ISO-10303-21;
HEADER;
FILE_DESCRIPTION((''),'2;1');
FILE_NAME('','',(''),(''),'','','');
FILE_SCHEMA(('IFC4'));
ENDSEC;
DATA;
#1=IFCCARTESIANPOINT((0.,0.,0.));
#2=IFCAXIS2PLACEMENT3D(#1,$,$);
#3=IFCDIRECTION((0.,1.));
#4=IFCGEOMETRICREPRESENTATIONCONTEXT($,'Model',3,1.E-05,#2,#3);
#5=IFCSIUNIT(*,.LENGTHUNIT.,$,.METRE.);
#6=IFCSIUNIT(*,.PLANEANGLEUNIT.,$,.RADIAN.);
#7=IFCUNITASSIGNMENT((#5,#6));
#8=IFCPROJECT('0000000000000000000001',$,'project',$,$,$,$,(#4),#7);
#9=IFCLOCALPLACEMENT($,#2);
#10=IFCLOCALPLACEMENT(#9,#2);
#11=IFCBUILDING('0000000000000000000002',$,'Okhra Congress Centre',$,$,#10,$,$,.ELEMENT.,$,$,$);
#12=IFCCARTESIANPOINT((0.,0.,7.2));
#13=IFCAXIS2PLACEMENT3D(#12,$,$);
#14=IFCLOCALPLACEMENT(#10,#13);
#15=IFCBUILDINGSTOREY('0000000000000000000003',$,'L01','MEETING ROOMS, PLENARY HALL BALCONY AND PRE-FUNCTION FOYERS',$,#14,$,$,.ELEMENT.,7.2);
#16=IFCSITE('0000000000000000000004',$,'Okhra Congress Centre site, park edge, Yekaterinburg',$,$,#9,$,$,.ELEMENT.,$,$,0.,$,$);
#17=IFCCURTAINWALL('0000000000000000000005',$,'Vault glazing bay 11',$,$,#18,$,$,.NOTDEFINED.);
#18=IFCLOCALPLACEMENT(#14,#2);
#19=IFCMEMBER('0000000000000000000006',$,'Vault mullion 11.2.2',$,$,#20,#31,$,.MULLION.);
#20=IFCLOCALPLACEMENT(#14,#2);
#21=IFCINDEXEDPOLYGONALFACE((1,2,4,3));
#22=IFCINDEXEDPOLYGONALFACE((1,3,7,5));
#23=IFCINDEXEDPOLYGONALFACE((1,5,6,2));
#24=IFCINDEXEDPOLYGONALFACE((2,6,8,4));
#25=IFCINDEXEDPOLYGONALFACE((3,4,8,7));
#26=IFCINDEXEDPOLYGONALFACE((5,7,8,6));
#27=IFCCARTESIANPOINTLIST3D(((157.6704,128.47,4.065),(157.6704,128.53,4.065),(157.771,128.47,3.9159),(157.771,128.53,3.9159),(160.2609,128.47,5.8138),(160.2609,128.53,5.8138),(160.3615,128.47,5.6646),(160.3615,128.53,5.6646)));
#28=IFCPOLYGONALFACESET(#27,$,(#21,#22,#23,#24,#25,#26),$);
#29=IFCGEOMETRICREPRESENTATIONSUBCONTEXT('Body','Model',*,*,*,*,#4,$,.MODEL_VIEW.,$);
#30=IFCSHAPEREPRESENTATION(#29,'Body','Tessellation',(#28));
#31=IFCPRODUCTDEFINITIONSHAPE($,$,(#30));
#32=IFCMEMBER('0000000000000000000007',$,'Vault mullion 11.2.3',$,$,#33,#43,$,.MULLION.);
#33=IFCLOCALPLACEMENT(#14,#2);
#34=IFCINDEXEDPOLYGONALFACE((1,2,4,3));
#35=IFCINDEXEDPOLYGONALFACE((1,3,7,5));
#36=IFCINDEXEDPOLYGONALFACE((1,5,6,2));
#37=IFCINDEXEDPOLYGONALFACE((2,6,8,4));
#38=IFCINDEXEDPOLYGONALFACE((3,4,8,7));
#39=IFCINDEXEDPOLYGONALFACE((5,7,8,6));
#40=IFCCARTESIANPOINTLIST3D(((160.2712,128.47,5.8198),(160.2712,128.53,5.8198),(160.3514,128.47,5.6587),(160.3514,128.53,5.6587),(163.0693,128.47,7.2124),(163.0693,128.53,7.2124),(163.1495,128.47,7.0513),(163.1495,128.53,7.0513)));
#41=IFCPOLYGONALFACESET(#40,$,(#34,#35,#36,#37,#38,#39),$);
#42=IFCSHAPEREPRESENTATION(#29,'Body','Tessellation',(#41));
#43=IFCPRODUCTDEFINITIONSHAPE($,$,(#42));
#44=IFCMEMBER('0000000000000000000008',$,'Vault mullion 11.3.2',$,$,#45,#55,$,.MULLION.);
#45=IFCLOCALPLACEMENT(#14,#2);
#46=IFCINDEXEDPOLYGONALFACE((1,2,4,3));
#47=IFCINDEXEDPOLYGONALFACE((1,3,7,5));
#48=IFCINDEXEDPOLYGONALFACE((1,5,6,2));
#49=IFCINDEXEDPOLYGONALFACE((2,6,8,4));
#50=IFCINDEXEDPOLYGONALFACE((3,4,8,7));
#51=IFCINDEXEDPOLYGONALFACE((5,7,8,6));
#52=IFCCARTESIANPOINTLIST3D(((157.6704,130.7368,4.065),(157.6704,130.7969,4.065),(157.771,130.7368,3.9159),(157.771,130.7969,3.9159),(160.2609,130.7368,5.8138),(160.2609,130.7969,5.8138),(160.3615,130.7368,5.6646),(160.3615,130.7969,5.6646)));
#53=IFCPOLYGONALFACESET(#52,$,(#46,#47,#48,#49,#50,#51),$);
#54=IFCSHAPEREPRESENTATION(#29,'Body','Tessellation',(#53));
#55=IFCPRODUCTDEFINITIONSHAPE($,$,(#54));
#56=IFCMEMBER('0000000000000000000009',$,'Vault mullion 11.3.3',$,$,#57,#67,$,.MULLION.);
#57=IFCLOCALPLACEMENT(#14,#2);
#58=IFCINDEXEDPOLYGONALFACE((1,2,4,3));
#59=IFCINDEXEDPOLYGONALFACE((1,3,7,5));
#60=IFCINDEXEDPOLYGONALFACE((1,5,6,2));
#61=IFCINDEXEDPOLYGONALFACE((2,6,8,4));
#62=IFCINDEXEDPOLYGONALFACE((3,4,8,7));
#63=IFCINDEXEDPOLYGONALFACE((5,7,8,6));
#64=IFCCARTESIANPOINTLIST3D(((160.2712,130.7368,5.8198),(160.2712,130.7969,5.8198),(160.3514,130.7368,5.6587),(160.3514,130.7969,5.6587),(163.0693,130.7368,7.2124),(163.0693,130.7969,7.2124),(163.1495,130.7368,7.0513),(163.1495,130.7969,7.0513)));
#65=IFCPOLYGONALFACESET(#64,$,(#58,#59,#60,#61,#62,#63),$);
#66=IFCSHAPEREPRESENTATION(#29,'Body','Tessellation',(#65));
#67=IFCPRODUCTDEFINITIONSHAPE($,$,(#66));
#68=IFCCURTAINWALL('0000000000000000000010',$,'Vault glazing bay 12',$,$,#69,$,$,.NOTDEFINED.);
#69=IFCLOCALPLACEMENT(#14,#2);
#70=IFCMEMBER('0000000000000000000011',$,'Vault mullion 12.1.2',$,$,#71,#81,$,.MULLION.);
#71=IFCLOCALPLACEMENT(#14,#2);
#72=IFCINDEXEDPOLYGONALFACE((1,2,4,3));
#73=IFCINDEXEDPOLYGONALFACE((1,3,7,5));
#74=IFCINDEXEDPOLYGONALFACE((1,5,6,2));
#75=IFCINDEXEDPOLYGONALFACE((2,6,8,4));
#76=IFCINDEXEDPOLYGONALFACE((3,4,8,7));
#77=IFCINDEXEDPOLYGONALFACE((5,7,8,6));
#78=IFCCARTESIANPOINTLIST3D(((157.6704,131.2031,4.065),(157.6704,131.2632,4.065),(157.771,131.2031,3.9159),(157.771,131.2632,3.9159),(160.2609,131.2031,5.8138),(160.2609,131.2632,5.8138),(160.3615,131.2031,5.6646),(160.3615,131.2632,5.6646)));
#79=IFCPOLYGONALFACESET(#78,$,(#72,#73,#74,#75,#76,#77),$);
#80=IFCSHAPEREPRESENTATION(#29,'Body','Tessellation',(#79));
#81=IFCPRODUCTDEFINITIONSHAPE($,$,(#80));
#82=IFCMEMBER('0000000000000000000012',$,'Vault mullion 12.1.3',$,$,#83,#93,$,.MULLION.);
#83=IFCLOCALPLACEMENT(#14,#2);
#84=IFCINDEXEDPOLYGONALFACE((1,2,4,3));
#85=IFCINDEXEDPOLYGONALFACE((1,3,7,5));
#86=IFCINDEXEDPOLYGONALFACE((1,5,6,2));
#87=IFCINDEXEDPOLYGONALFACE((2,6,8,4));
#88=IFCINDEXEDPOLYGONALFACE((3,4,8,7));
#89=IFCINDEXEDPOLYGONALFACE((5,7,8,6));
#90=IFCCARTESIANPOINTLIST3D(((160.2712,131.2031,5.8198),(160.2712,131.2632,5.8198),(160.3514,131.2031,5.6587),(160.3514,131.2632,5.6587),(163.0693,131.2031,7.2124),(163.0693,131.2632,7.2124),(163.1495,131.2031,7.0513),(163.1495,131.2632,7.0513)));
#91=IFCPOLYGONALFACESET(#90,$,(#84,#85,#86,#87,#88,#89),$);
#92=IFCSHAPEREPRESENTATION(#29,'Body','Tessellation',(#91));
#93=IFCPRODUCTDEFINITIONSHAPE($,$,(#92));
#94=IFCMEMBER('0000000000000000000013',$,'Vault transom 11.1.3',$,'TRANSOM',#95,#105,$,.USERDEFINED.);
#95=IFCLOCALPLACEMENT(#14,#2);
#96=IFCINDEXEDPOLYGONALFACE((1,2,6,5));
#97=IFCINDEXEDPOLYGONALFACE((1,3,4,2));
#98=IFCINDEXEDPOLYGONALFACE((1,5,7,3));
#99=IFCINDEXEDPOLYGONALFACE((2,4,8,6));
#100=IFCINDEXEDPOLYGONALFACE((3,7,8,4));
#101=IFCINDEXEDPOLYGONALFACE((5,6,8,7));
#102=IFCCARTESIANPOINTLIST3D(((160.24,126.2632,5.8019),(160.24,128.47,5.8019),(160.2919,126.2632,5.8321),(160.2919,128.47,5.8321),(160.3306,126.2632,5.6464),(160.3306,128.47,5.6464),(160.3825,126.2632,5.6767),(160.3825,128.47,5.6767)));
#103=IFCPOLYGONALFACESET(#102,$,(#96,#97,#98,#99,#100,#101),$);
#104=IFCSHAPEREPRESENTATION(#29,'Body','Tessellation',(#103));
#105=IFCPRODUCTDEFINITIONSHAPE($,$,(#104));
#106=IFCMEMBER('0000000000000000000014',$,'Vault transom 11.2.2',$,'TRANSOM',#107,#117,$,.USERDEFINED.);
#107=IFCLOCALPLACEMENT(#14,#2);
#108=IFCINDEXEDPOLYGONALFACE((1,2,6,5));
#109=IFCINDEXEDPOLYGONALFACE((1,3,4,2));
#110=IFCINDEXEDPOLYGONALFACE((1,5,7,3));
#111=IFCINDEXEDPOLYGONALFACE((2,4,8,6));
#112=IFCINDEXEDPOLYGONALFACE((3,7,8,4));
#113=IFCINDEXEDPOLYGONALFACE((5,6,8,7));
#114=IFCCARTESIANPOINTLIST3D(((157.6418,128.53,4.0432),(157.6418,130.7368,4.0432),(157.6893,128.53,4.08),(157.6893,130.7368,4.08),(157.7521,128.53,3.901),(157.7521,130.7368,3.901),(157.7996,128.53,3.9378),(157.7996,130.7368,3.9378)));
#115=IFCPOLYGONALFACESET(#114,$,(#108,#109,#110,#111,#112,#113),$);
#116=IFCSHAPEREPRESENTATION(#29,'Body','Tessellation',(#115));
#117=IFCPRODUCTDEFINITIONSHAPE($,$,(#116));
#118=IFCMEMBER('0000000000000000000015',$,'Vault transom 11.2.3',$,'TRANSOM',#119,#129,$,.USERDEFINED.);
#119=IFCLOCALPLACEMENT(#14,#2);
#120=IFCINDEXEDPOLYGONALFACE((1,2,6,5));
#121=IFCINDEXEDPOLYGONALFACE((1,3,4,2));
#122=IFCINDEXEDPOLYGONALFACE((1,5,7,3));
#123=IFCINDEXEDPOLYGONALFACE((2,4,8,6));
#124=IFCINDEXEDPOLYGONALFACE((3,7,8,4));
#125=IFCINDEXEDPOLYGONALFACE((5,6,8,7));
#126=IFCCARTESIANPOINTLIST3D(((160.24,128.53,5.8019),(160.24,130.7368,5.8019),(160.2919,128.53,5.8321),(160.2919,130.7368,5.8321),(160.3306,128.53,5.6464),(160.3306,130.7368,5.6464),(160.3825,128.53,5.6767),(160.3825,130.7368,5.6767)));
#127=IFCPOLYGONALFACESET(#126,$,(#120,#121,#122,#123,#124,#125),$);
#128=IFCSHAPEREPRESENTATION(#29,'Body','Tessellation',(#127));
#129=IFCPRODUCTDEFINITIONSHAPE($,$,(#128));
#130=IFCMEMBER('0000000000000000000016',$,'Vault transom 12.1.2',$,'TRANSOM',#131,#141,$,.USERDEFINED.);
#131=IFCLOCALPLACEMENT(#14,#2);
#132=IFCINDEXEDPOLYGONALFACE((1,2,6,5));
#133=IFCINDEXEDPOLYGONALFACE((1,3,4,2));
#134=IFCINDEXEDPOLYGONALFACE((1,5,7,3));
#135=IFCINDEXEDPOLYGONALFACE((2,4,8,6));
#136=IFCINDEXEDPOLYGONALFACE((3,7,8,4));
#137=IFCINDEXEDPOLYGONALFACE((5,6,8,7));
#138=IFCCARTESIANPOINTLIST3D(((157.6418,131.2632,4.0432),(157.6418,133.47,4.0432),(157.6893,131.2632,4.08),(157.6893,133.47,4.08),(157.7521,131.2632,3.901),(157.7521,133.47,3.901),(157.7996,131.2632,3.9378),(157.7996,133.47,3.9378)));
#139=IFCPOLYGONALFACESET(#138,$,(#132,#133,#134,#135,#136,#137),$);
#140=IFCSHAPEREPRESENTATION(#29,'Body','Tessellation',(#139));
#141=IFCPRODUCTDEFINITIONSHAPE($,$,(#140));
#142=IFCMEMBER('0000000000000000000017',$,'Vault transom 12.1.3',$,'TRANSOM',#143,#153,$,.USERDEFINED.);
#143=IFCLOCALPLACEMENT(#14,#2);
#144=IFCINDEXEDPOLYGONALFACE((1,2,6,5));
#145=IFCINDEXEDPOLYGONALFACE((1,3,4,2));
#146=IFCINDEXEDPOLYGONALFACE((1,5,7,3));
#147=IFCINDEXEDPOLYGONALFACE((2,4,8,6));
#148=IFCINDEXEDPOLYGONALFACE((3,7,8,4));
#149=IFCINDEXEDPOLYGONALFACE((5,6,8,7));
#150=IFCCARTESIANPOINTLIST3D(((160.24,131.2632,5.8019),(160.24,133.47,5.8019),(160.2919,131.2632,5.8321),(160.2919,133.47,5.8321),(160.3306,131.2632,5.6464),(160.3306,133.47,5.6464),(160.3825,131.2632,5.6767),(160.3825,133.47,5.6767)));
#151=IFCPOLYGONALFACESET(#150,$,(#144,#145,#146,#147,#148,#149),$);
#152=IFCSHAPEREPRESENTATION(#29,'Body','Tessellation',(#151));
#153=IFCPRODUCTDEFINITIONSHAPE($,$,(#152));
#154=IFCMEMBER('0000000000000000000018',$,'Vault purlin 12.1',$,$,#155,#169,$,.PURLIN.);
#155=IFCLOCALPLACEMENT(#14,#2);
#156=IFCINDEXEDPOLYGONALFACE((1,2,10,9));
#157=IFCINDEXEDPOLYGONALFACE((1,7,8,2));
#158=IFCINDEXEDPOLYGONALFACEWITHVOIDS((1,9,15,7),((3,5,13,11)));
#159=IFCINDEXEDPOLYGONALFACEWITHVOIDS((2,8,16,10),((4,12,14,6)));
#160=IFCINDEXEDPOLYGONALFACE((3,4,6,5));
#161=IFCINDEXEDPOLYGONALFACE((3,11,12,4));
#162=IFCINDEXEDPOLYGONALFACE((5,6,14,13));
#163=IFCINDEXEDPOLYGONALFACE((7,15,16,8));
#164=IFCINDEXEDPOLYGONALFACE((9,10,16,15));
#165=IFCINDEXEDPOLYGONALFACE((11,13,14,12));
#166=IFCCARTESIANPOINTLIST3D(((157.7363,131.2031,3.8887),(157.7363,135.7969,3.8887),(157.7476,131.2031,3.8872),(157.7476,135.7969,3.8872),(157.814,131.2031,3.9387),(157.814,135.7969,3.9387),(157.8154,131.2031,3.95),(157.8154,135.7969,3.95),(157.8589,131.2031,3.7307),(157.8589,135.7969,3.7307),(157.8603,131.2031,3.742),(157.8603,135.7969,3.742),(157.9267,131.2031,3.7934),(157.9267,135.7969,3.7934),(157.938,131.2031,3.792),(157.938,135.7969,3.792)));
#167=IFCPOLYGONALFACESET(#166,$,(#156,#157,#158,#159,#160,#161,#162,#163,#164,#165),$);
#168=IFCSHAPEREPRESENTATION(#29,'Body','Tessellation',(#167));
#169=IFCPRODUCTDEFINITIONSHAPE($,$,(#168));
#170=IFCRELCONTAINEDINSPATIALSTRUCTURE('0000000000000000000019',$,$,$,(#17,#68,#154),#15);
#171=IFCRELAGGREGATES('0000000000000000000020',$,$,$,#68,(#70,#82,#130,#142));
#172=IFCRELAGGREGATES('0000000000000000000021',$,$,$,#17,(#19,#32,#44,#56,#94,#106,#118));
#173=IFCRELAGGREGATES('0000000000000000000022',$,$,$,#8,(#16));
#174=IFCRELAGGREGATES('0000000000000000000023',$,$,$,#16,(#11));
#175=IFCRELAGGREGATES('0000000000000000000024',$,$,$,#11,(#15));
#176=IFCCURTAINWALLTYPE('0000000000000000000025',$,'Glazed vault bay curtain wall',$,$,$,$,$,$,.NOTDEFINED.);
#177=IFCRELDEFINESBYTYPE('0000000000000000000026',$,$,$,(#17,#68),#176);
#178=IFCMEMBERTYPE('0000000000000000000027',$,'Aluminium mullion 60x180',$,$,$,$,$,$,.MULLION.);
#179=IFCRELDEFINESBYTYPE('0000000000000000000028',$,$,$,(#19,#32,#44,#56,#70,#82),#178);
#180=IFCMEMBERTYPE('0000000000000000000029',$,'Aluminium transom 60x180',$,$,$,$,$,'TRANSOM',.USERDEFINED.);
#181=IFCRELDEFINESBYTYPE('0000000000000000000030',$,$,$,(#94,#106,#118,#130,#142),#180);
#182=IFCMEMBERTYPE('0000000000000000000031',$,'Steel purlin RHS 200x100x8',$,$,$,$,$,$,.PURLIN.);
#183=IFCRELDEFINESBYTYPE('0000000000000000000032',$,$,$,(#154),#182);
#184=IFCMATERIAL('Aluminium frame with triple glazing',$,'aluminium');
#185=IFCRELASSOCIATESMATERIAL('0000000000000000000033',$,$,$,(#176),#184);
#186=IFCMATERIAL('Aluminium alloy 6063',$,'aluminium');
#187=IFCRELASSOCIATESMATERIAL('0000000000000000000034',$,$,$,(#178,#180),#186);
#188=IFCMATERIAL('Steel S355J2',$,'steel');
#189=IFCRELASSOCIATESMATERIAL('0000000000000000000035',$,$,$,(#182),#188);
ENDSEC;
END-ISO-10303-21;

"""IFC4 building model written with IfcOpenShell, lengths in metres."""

from ifc_helpers import new_model, si_unit, direction, frame, origin, origin_2d, place, context, subcontext, project, spatial, rectangle, hollow_rectangle, extrude, material, material_profile, profile_set, type_object, element, aggregate, save


model = new_model("IFC4")

# Units and contexts
model_context = context("Model", 3, precision=1e-05, world=origin(), true_north=direction((0.0, 1.0)))
body_context = subcontext(model_context, "Body", "Model", "MODEL_VIEW")
ifc_project = project(units=[si_unit("LENGTHUNIT", "METRE"), si_unit("PLANEANGLEUNIT", "RADIAN")], contexts=[model_context])

# Site, building, storey
site_placement = place(None, origin())
site = spatial("IfcSite", under=ifc_project, at=site_placement, Name="Okhra Congress Centre site, park edge, Yekaterinburg", CompositionType="ELEMENT", RefElevation=0.0)
building_placement = place(site_placement, origin())
building = spatial("IfcBuilding", under=site, at=building_placement, Name="Okhra Congress Centre", CompositionType="ELEMENT")
storey_placement = place(building_placement, frame((0.0, 0.0, 7.2)))
storey = spatial("IfcBuildingStorey", under=building, at=storey_placement, Name="L01", Description="MEETING ROOMS, PLENARY HALL BALCONY AND PRE-FUNCTION FOYERS", CompositionType="ELEMENT", Elevation=7.2)

# Curtain walls, members
ifc_material_1 = material(Name="Aluminium frame with triple glazing", Category="aluminium")
curtain_wall_type = type_object("IfcCurtainWallType", Name="Glazed vault bay curtain wall", PredefinedType="NOTDEFINED", material=ifc_material_1)
curtain_wall_1_placement = place(storey_placement, origin())
curtain_wall_1 = element("IfcCurtainWall", 1, at=curtain_wall_1_placement, inside=storey, type_object=curtain_wall_type, Name="Vault glazing bay 11", PredefinedType="NOTDEFINED")
ifc_material_2 = material(Name="Aluminium alloy 6063", Category="aluminium")
ifc_material_profile_1 = material_profile(ifc_material_2, rectangle(XDim=0.0601, YDim=0.1799, at=origin_2d()), Name="AL 60x180")
ifc_profile_set_1 = profile_set([ifc_material_profile_1], Name="Aluminium alloy 6063")
member_type_1 = type_object("IfcMemberType", Name="Aluminium mullion 60x180", PredefinedType="MULLION", material=ifc_profile_set_1)
member_1_placement = place(storey_placement, frame((157.7207, 128.5, 3.9905), z_axis=(0.828828, 0.0, 0.559504), x_axis=(0.0, 1.0, 0.0)))
member_1 = element("IfcMember", 2, at=member_1_placement, type_object=member_type_1, Name="Vault mullion 11.2.2", PredefinedType="MULLION", context=body_context, shape_type="SweptSolid", body=[
    extrude(rectangle(XDim=0.0601, YDim=0.1799, at=origin_2d()), origin(), (0.0, 0.0, 1.0), 3.1255),
])
member_2_placement = place(storey_placement, frame((160.3113, 128.5, 5.7393), z_axis=(0.895254, 0.0, 0.445557), x_axis=(0.0, 1.0, 0.0)))
member_2 = element("IfcMember", 3, at=member_2_placement, type_object=member_type_1, Name="Vault mullion 11.2.3", PredefinedType="MULLION", context=body_context, shape_type="SweptSolid", body=[
    extrude(rectangle(XDim=0.0601, YDim=0.1799, at=origin_2d()), origin(), (0.0, 0.0, 1.0), 3.1255),
])
member_3_placement = place(storey_placement, frame((157.7207, 130.7668, 3.9905), z_axis=(0.828828, 0.0, 0.559504), x_axis=(0.0, 1.0, 0.0)))
member_3 = element("IfcMember", 4, at=member_3_placement, type_object=member_type_1, Name="Vault mullion 11.3.2", PredefinedType="MULLION", context=body_context, shape_type="SweptSolid", body=[
    extrude(rectangle(XDim=0.0601, YDim=0.1799, at=origin_2d()), origin(), (0.0, 0.0, 1.0), 3.1255),
])
member_4_placement = place(storey_placement, frame((160.3113, 130.7668, 5.7393), z_axis=(0.895254, 0.0, 0.445557), x_axis=(0.0, 1.0, 0.0)))
member_4 = element("IfcMember", 5, at=member_4_placement, type_object=member_type_1, Name="Vault mullion 11.3.3", PredefinedType="MULLION", context=body_context, shape_type="SweptSolid", body=[
    extrude(rectangle(XDim=0.0601, YDim=0.1799, at=origin_2d()), origin(), (0.0, 0.0, 1.0), 3.1255),
])
curtain_wall_2_placement = place(storey_placement, origin())
curtain_wall_2 = element("IfcCurtainWall", 6, at=curtain_wall_2_placement, inside=storey, type_object=curtain_wall_type, Name="Vault glazing bay 12", PredefinedType="NOTDEFINED")
member_5_placement = place(storey_placement, frame((157.7207, 131.2332, 3.9905), z_axis=(0.828828, 0.0, 0.559504), x_axis=(0.0, 1.0, 0.0)))
member_5 = element("IfcMember", 7, at=member_5_placement, type_object=member_type_1, Name="Vault mullion 12.1.2", PredefinedType="MULLION", context=body_context, shape_type="SweptSolid", body=[
    extrude(rectangle(XDim=0.0601, YDim=0.1799, at=origin_2d()), origin(), (0.0, 0.0, 1.0), 3.1255),
])
member_6_placement = place(storey_placement, frame((160.3113, 131.2332, 5.7393), z_axis=(0.895254, 0.0, 0.445557), x_axis=(0.0, 1.0, 0.0)))
member_6 = element("IfcMember", 8, at=member_6_placement, type_object=member_type_1, Name="Vault mullion 12.1.3", PredefinedType="MULLION", context=body_context, shape_type="SweptSolid", body=[
    extrude(rectangle(XDim=0.0601, YDim=0.1799, at=origin_2d()), origin(), (0.0, 0.0, 1.0), 3.1255),
])

# Members
ifc_material_profile_2 = material_profile(ifc_material_2, rectangle(XDim=0.0601, YDim=0.1799, at=origin_2d()), Name="AL 60x180 transom")
ifc_profile_set_2 = profile_set([ifc_material_profile_2], Name="Aluminium alloy 6063")
member_type_2 = type_object("IfcMemberType", Name="Aluminium transom 60x180", ElementType="TRANSOM", PredefinedType="USERDEFINED", material=ifc_profile_set_2)
member_7_placement = place(storey_placement, frame((160.3113, 126.2632, 5.7393), z_axis=(0.0, 1.0, 0.0), x_axis=(-0.863917, 0.0, -0.503634)))
member_7 = element("IfcMember", 9, at=member_7_placement, type_object=member_type_2, Name="Vault transom 11.1.3", ObjectType="TRANSOM", PredefinedType="USERDEFINED", context=body_context, shape_type="SweptSolid", body=[
    extrude(rectangle(XDim=0.0601, YDim=0.1799, at=origin_2d()), origin(), (0.0, 0.0, 1.0), 2.2068),
])
member_8_placement = place(storey_placement, frame((157.7207, 128.53, 3.9905), z_axis=(0.0, 1.0, 0.0), x_axis=(-0.790145, 0.0, -0.61292)))
member_8 = element("IfcMember", 10, at=member_8_placement, type_object=member_type_2, Name="Vault transom 11.2.2", ObjectType="TRANSOM", PredefinedType="USERDEFINED", context=body_context, shape_type="SweptSolid", body=[
    extrude(rectangle(XDim=0.0601, YDim=0.1799, at=origin_2d()), origin(), (0.0, 0.0, 1.0), 2.2068),
])
member_9_placement = place(storey_placement, frame((160.3113, 128.53, 5.7393), z_axis=(0.0, 1.0, 0.0), x_axis=(-0.863917, 0.0, -0.503634)))
member_9 = element("IfcMember", 11, at=member_9_placement, type_object=member_type_2, Name="Vault transom 11.2.3", ObjectType="TRANSOM", PredefinedType="USERDEFINED", context=body_context, shape_type="SweptSolid", body=[
    extrude(rectangle(XDim=0.0601, YDim=0.1799, at=origin_2d()), origin(), (0.0, 0.0, 1.0), 2.2068),
])
member_10_placement = place(storey_placement, frame((157.7207, 131.2632, 3.9905), z_axis=(0.0, 1.0, 0.0), x_axis=(-0.790145, 0.0, -0.61292)))
member_10 = element("IfcMember", 12, at=member_10_placement, type_object=member_type_2, Name="Vault transom 12.1.2", ObjectType="TRANSOM", PredefinedType="USERDEFINED", context=body_context, shape_type="SweptSolid", body=[
    extrude(rectangle(XDim=0.0601, YDim=0.1799, at=origin_2d()), origin(), (0.0, 0.0, 1.0), 2.2068),
])
member_11_placement = place(storey_placement, frame((160.3113, 131.2632, 5.7393), z_axis=(0.0, 1.0, 0.0), x_axis=(-0.863917, 0.0, -0.503634)))
member_11 = element("IfcMember", 13, at=member_11_placement, type_object=member_type_2, Name="Vault transom 12.1.3", ObjectType="TRANSOM", PredefinedType="USERDEFINED", context=body_context, shape_type="SweptSolid", body=[
    extrude(rectangle(XDim=0.0601, YDim=0.1799, at=origin_2d()), origin(), (0.0, 0.0, 1.0), 2.2068),
])

# Member
ifc_material_3 = material(Name="Steel S355J2", Category="steel")
ifc_material_profile_3 = material_profile(ifc_material_3, hollow_rectangle(XDim=0.1001, YDim=0.2, WallThickness=0.0081, at=origin_2d()), Name="RHS 200x100x8")
ifc_profile_set_3 = profile_set([ifc_material_profile_3], Name="Steel S355J2")
member_type_3 = type_object("IfcMemberType", Name="Steel purlin RHS 200x100x8", PredefinedType="PURLIN", material=ifc_profile_set_3)
member_12_placement = place(storey_placement, frame((157.8372, 131.2031, 3.8403), z_axis=(0.0, 1.0, 0.0), x_axis=(-0.790145, 0.0, -0.61292)))
element("IfcMember", 14, at=member_12_placement, inside=storey, type_object=member_type_3, Name="Vault purlin 12.1", PredefinedType="PURLIN", context=body_context, shape_type="SweptSolid", body=[
    extrude(hollow_rectangle(XDim=0.1001, YDim=0.2, WallThickness=0.0081, at=origin_2d()), origin(), (0.0, 0.0, 1.0), 4.5938),
])

aggregate(curtain_wall_2, [member_5, member_6, member_10, member_11])
aggregate(curtain_wall_1, [member_1, member_2, member_3, member_4, member_7, member_8, member_9])

save(model, "model.ifc")
